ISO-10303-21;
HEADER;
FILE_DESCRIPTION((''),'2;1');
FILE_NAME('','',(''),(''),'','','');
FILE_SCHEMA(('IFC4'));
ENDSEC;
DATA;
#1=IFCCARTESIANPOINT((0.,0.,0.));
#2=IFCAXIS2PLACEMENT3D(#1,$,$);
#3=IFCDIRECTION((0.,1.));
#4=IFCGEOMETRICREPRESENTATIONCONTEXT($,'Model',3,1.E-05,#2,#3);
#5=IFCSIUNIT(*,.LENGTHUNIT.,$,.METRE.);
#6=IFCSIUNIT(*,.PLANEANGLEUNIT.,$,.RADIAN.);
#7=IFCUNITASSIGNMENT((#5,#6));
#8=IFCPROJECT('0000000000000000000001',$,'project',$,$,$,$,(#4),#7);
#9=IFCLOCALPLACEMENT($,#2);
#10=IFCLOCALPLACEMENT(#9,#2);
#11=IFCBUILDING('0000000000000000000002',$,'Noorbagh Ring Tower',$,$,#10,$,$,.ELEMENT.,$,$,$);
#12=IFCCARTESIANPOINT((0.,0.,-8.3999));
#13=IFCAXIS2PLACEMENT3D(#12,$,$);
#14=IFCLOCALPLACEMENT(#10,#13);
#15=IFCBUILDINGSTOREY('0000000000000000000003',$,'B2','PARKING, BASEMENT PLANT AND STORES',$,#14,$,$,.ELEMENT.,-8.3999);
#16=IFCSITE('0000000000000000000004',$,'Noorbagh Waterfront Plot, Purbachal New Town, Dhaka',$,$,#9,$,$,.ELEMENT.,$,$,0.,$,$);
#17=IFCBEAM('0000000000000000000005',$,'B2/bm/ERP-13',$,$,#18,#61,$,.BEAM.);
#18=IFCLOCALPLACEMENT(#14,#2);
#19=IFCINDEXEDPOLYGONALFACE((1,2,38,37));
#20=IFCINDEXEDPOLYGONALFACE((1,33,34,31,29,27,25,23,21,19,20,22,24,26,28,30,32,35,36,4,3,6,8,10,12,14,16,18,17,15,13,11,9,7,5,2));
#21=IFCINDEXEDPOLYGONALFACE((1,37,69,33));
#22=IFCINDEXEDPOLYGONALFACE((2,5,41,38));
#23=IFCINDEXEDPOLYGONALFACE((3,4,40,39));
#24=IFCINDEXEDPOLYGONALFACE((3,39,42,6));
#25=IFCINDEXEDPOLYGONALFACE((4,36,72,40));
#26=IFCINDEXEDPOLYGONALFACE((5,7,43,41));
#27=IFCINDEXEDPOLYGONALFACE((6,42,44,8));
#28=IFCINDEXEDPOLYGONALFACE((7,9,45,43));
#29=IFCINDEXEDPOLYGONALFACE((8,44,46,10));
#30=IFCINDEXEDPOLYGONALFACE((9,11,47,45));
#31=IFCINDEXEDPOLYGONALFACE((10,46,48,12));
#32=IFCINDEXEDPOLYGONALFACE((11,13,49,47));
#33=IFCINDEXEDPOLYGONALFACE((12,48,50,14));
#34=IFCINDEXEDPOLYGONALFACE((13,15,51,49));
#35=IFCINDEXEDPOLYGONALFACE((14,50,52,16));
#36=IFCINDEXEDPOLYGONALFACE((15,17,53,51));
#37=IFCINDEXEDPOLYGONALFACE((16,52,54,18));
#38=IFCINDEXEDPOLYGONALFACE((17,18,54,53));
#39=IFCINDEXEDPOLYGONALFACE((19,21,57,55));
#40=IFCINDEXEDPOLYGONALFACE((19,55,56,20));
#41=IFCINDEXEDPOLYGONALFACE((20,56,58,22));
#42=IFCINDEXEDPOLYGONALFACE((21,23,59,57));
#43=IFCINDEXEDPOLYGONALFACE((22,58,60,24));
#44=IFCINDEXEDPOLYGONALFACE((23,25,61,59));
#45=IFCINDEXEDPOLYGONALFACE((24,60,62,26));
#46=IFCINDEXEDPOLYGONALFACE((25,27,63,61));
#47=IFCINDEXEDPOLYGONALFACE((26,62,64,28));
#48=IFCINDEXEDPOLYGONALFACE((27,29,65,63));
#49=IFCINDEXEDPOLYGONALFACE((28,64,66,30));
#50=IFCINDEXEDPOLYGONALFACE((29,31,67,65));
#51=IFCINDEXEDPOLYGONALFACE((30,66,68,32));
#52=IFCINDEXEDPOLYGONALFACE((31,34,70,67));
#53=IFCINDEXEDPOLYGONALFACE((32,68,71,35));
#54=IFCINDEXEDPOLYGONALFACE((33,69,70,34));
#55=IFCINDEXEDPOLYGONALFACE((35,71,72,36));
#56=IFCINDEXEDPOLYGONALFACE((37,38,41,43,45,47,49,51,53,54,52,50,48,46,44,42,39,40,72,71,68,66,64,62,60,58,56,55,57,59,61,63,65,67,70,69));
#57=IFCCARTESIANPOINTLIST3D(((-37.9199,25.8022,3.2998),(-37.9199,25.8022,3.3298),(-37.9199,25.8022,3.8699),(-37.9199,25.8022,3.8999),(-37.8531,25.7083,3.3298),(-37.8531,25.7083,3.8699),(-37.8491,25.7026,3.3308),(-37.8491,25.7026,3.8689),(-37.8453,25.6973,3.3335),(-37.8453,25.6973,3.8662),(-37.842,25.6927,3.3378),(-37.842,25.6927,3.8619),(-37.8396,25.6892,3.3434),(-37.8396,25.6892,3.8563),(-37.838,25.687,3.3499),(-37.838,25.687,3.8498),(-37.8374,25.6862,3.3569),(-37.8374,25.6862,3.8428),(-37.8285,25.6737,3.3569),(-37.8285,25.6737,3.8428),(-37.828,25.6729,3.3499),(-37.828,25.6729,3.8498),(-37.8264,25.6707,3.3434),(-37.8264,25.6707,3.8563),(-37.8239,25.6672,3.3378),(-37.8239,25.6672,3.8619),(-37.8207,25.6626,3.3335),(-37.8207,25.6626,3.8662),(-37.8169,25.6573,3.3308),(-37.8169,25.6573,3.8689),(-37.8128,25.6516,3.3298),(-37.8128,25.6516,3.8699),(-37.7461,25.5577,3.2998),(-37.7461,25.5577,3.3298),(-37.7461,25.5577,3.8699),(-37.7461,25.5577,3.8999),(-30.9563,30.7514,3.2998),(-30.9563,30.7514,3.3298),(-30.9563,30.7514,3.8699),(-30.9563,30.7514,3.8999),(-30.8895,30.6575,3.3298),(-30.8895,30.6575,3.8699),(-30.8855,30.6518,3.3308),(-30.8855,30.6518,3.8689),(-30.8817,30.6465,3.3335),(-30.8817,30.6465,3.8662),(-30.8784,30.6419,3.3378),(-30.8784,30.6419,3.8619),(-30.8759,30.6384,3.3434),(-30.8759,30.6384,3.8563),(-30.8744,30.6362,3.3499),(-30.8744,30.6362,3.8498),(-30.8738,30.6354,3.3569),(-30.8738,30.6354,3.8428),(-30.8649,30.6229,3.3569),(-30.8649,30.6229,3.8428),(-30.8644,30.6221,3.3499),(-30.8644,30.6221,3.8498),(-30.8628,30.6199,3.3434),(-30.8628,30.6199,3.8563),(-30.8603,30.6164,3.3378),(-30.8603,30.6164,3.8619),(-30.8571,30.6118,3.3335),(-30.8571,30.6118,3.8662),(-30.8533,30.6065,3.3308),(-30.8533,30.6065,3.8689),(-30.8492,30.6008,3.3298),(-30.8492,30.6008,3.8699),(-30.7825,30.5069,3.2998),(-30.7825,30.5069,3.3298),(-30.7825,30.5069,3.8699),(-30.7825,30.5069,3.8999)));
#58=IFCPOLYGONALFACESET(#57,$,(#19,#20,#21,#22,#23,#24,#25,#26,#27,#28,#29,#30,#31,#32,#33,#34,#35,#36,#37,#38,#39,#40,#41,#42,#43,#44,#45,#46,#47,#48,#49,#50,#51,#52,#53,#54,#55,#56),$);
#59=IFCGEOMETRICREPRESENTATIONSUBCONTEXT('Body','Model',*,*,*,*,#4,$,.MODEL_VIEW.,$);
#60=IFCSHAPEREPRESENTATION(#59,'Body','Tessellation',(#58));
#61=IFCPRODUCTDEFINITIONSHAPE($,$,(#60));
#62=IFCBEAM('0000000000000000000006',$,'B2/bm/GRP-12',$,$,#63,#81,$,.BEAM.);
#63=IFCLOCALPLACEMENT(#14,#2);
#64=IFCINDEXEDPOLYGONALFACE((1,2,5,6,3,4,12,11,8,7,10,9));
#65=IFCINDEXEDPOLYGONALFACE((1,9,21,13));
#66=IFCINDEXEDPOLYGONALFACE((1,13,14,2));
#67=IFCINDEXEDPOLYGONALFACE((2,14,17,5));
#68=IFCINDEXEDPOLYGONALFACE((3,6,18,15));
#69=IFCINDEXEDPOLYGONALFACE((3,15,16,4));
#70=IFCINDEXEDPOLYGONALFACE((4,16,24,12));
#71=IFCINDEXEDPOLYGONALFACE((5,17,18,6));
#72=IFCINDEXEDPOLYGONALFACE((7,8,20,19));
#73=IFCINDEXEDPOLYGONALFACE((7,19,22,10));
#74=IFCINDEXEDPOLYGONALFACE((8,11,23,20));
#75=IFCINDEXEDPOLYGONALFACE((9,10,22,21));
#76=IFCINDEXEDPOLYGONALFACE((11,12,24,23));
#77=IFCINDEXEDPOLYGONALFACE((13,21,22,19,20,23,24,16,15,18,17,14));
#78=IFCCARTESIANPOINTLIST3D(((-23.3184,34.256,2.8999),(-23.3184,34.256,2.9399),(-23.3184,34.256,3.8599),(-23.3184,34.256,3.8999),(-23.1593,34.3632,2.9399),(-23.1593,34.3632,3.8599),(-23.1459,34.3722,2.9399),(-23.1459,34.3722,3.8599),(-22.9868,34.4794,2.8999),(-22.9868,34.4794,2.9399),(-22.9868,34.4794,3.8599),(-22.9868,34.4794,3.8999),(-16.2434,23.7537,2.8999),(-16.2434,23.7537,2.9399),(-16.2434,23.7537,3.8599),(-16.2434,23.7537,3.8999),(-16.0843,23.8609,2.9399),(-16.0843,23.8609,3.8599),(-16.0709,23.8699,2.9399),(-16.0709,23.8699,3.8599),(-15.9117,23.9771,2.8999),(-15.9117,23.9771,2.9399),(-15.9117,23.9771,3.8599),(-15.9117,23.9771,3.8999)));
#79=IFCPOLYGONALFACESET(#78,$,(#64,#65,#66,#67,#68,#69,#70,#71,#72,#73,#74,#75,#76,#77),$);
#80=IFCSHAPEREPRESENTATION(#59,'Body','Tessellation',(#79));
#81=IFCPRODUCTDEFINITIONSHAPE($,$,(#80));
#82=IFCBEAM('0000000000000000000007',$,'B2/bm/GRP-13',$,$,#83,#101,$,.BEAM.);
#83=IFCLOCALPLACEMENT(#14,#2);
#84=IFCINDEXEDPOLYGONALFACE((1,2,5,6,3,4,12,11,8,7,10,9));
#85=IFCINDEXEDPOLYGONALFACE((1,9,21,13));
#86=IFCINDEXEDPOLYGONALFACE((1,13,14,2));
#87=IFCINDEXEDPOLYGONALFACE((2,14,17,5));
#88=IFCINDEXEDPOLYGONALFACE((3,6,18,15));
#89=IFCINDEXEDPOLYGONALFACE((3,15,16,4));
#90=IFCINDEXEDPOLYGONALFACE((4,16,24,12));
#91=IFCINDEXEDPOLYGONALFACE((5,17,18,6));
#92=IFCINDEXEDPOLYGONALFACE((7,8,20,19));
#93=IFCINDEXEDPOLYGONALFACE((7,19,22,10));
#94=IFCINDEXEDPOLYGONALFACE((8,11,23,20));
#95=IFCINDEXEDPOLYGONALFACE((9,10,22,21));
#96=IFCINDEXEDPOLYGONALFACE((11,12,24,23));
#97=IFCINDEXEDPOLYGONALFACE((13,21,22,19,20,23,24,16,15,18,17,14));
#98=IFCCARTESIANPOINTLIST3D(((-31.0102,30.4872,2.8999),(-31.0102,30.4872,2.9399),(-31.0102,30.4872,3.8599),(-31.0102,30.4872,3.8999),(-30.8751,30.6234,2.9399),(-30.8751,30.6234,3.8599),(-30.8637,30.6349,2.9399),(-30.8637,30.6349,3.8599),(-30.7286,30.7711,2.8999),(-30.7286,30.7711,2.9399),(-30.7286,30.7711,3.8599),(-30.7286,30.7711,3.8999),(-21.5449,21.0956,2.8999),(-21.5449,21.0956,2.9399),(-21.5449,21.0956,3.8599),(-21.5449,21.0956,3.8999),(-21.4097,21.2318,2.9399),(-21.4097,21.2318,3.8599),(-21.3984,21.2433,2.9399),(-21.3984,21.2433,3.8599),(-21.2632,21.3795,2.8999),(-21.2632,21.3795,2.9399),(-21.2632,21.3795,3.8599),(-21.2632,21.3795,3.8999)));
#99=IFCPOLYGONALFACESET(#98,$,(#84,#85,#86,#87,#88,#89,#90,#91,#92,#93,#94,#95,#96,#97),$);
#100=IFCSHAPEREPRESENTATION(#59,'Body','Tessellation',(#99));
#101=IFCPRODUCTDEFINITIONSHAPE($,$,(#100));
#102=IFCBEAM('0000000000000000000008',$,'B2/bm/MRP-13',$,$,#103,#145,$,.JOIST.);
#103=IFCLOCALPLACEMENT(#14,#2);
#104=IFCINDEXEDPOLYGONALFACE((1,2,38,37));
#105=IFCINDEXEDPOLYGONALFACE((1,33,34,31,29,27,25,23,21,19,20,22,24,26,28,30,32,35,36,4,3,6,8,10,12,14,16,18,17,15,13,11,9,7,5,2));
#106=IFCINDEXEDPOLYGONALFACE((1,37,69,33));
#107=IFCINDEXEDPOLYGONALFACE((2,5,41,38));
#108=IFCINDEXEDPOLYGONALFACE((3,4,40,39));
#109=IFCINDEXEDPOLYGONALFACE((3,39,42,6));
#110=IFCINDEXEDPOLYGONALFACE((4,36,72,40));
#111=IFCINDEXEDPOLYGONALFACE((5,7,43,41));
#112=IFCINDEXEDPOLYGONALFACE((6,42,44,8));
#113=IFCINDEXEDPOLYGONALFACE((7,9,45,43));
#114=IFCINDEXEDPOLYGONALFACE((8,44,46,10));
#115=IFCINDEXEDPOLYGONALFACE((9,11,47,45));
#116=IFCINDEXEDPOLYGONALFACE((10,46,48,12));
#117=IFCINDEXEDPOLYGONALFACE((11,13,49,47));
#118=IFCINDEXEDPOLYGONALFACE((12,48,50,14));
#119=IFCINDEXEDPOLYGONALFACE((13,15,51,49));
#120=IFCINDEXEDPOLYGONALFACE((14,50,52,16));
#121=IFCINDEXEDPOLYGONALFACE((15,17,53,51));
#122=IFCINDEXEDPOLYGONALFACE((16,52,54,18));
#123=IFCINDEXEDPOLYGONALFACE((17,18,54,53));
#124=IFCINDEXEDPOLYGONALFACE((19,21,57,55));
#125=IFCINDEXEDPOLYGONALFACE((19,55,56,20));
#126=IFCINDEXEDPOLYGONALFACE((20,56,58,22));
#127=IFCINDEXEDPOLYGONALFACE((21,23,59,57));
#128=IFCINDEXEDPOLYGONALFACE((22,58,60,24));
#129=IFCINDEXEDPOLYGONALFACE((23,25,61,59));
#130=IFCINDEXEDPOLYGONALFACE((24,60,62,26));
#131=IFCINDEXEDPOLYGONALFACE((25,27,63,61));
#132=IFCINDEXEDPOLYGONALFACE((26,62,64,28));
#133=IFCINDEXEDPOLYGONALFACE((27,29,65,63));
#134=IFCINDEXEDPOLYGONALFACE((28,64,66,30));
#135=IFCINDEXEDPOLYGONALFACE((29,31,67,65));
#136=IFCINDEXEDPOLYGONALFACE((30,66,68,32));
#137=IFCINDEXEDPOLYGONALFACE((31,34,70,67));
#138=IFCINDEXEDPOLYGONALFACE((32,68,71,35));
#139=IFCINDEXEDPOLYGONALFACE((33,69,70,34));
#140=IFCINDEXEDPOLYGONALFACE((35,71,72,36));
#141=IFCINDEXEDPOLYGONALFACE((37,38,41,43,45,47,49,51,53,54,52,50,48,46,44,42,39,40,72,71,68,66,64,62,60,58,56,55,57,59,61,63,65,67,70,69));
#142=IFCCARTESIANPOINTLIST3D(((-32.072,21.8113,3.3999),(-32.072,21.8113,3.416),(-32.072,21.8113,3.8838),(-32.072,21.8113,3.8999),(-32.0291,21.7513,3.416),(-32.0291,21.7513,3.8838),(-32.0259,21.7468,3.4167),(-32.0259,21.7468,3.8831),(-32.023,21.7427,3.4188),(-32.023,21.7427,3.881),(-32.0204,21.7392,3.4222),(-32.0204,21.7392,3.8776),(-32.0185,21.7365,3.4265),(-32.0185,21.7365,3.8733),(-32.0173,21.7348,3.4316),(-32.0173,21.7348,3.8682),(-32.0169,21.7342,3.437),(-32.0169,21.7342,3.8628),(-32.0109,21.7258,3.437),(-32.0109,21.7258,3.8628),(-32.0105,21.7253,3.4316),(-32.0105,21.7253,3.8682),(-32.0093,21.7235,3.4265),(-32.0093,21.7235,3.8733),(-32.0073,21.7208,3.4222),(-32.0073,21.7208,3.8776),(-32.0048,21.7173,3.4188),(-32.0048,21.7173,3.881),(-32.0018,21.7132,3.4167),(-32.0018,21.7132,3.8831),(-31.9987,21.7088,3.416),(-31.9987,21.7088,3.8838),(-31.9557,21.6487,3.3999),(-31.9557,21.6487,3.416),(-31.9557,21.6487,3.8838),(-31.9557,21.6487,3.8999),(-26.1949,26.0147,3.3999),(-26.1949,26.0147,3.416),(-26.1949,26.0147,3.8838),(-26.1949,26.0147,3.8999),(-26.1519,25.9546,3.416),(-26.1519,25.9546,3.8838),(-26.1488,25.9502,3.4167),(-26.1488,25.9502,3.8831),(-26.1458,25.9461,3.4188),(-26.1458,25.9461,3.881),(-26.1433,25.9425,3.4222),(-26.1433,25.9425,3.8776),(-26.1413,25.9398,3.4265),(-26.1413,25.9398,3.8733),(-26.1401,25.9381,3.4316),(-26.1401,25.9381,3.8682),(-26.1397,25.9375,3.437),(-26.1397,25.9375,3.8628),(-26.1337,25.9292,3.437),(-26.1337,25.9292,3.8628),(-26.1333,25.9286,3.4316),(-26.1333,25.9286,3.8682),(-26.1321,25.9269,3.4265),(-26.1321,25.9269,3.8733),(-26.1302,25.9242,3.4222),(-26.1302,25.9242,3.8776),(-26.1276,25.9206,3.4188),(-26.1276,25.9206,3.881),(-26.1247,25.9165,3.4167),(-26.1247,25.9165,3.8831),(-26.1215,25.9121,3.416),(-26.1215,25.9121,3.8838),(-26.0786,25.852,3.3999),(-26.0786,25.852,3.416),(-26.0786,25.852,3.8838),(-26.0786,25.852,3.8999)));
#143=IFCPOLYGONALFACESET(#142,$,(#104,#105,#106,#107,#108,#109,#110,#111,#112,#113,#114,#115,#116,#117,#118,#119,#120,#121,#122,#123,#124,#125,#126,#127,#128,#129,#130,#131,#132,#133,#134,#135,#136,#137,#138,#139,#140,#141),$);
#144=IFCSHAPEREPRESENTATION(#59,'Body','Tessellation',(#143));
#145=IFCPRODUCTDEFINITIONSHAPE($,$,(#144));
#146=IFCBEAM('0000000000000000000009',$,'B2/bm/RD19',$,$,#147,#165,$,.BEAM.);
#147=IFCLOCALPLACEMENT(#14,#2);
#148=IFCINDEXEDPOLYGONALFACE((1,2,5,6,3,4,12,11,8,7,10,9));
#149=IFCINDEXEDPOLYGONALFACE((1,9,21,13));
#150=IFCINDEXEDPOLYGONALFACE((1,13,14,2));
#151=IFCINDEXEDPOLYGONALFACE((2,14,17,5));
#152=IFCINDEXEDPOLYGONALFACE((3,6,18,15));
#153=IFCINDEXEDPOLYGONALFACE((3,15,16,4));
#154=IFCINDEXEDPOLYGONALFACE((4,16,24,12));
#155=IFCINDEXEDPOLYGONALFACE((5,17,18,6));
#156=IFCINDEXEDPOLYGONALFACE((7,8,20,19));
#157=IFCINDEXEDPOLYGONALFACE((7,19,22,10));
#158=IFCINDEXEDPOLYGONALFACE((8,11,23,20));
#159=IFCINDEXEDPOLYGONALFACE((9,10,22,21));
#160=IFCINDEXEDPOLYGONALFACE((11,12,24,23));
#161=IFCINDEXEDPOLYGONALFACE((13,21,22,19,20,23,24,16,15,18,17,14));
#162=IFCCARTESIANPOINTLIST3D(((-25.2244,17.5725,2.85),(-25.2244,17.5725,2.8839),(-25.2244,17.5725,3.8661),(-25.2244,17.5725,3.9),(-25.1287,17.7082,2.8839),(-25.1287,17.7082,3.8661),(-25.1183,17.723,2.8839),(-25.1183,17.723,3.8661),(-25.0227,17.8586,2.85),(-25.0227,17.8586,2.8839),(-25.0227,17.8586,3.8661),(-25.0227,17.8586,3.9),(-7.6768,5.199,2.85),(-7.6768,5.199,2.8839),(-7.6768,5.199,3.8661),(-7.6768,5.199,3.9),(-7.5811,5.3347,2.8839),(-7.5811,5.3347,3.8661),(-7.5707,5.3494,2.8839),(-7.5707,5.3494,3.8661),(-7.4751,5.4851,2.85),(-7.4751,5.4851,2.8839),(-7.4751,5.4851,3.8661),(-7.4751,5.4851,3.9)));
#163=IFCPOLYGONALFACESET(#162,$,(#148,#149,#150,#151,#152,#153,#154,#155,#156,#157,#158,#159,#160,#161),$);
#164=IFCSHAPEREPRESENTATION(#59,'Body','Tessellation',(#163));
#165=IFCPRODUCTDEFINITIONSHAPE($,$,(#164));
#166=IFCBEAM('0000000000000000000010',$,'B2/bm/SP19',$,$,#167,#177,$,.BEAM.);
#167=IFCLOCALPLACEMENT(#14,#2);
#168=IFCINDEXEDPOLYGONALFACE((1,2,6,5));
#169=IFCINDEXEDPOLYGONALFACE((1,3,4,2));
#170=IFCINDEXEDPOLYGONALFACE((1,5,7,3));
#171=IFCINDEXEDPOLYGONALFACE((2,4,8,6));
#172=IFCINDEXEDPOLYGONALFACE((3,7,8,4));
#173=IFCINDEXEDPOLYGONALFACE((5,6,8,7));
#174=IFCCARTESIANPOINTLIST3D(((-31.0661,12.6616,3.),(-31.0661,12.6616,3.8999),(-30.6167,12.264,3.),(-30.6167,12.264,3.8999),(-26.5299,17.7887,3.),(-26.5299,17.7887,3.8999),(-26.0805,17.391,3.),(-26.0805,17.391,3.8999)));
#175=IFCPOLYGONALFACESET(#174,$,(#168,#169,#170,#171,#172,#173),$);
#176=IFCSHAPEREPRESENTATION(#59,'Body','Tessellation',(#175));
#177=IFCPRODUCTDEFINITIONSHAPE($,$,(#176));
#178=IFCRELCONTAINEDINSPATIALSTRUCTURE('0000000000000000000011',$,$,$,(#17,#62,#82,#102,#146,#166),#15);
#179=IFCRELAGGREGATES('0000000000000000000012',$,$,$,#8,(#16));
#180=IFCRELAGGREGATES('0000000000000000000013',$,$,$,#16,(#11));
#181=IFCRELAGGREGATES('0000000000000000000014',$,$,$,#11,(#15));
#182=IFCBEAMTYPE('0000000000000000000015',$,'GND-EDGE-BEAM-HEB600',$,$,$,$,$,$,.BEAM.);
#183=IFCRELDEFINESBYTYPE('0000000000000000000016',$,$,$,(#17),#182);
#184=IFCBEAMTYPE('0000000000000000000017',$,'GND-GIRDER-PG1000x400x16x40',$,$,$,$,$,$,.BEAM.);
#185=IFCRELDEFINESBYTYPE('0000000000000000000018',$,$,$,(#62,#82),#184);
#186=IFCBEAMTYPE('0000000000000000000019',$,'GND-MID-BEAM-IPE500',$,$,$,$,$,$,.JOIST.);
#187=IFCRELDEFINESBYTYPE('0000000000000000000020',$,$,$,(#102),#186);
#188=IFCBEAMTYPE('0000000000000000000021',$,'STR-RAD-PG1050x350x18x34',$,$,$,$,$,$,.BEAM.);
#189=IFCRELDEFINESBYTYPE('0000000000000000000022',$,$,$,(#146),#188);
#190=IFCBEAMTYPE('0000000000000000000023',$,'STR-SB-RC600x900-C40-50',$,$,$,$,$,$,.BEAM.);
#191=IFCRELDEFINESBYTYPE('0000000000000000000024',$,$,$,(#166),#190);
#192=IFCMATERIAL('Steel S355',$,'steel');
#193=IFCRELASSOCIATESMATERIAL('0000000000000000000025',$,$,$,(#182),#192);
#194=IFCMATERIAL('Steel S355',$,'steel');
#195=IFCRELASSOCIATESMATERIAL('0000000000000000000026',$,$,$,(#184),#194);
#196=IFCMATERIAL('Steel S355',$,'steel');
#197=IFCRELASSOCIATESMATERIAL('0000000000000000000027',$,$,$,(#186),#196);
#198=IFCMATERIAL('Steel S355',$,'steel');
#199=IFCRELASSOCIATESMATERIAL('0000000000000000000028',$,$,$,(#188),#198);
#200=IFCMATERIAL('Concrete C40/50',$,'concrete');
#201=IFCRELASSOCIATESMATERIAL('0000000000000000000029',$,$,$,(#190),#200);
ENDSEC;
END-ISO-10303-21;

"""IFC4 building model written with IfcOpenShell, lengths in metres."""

from ifc_helpers import new_model, si_unit, direction, frame, origin, origin_2d, place, context, subcontext, project, spatial, rectangle, i_section, extrude, material, material_profile, profile_set, type_object, element, save


model = new_model("IFC4")

# Units and contexts
model_context = context("Model", 3, precision=1e-05, world=origin(), true_north=direction((0.0, 1.0)))
body_context = subcontext(model_context, "Body", "Model", "MODEL_VIEW")
ifc_project = project(units=[si_unit("LENGTHUNIT", "METRE"), si_unit("PLANEANGLEUNIT", "RADIAN")], contexts=[model_context])

# Site, building, storey
site_placement = place(None, origin())
site = spatial("IfcSite", under=ifc_project, at=site_placement, Name="Noorbagh Waterfront Plot, Purbachal New Town, Dhaka", CompositionType="ELEMENT", RefElevation=0.0)
building_placement = place(site_placement, origin())
building = spatial("IfcBuilding", under=site, at=building_placement, Name="Noorbagh Ring Tower", CompositionType="ELEMENT")
storey_placement = place(building_placement, frame((0.0, 0.0, -8.3999)))
storey = spatial("IfcBuildingStorey", under=building, at=storey_placement, Name="B2", Description="PARKING, BASEMENT PLANT AND STORES", CompositionType="ELEMENT", Elevation=-8.3999)

# Beams
ifc_material_1 = material(Name="Steel S355", Category="steel")
ifc_material_profile_1 = material_profile(ifc_material_1, i_section(OverallWidth=0.3, OverallDepth=0.6001, WebThickness=0.0154, FlangeThickness=0.03, FilletRadius=0.0271, at=origin_2d()), Name="HEB600")
ifc_profile_set_1 = profile_set([ifc_material_profile_1], Name="Steel S355")
beam_type_1 = type_object("IfcBeamType", Name="GND-EDGE-BEAM-HEB600", PredefinedType="BEAM", material=ifc_profile_set_1)
beam_1_placement = place(storey_placement, frame((-30.8694, 30.6292, 3.5999), z_axis=(-0.815104, -0.579315, 0.0), x_axis=(0.579315, -0.815104, 0.0)))
element("IfcBeam", 1, at=beam_1_placement, inside=storey, type_object=beam_type_1, Name="B2/bm/ERP-13", PredefinedType="BEAM", context=body_context, shape_type="SweptSolid", body=[
    extrude(i_section(OverallWidth=0.3, OverallDepth=0.6001, WebThickness=0.0154, FlangeThickness=0.03, FilletRadius=0.0271, at=origin_2d()), origin(), (0.0, 0.0, 1.0), 8.5432),
])
ifc_material_2 = material(Name="Steel S355", Category="steel")
ifc_material_profile_2 = material_profile(ifc_material_2, i_section(OverallWidth=0.3999, OverallDepth=1.0, WebThickness=0.0161, FlangeThickness=0.04, at=origin_2d()), Name="PG1000x400x16x40")
ifc_profile_set_2 = profile_set([ifc_material_profile_2], Name="Steel S355")
beam_type_2 = type_object("IfcBeamType", Name="GND-GIRDER-PG1000x400x16x40", PredefinedType="BEAM", material=ifc_profile_set_2)
beam_2_placement = place(storey_placement, frame((-23.1526, 34.3677, 3.3999), z_axis=(0.558711, -0.829362, 0.0), x_axis=(0.829362, 0.558711, 0.0)))
element("IfcBeam", 2, at=beam_2_placement, inside=storey, type_object=beam_type_2, Name="B2/bm/GRP-12", PredefinedType="BEAM", context=body_context, shape_type="SweptSolid", body=[
    extrude(i_section(OverallWidth=0.3999, OverallDepth=1.0, WebThickness=0.0161, FlangeThickness=0.04, at=origin_2d()), origin(), (0.0, 0.0, 1.0), 12.6631),
])
beam_3_placement = place(storey_placement, frame((-30.8694, 30.6292, 3.3999), z_axis=(0.709866, -0.704337, 0.0), x_axis=(0.704337, 0.709866, 0.0)))
element("IfcBeam", 3, at=beam_3_placement, inside=storey, type_object=beam_type_2, Name="B2/bm/GRP-13", PredefinedType="BEAM", context=body_context, shape_type="SweptSolid", body=[
    extrude(i_section(OverallWidth=0.3999, OverallDepth=1.0, WebThickness=0.0161, FlangeThickness=0.04, at=origin_2d()), origin(), (0.0, 0.0, 1.0), 13.334),
])
ifc_material_3 = material(Name="Steel S355", Category="steel")
ifc_material_profile_3 = material_profile(ifc_material_3, i_section(OverallWidth=0.2, OverallDepth=0.5, WebThickness=0.0103, FlangeThickness=0.0161, FilletRadius=0.021, at=origin_2d()), Name="IPE500")
ifc_profile_set_3 = profile_set([ifc_material_profile_3], Name="Steel S355")
beam_type_3 = type_object("IfcBeamType", Name="GND-MID-BEAM-IPE500", PredefinedType="JOIST", material=ifc_profile_set_3)
beam_4_placement = place(storey_placement, frame((-26.1367, 25.9333, 3.6499), z_axis=(-0.813382, -0.58173, 0.0), x_axis=(0.58173, -0.813382, 0.0)))
element("IfcBeam", 4, at=beam_4_placement, inside=storey, type_object=beam_type_3, Name="B2/bm/MRP-13", PredefinedType="JOIST", context=body_context, shape_type="SweptSolid", body=[
    extrude(i_section(OverallWidth=0.2, OverallDepth=0.5, WebThickness=0.0103, FlangeThickness=0.0161, FilletRadius=0.021, at=origin_2d()), origin(), (0.0, 0.0, 1.0), 7.2256),
])
ifc_material_4 = material(Name="Steel S355", Category="steel")
ifc_material_profile_4 = material_profile(ifc_material_4, i_section(OverallWidth=0.3501, OverallDepth=1.05, WebThickness=0.0181, FlangeThickness=0.0339, at=origin_2d()), Name="PG1050x350x18x34")
ifc_profile_set_4 = profile_set([ifc_material_profile_4], Name="Steel S355")
beam_type_4 = type_object("IfcBeamType", Name="STR-RAD-PG1050x350x18x34", PredefinedType="BEAM", material=ifc_profile_set_4)
beam_5_placement = place(storey_placement, frame((-25.1235, 17.7156, 3.375), z_axis=(0.817253, -0.576279, 0.0), x_axis=(0.576279, 0.817253, 0.0)))
element("IfcBeam", 5, at=beam_5_placement, inside=storey, type_object=beam_type_4, Name="B2/bm/RD19", PredefinedType="BEAM", context=body_context, shape_type="SweptSolid", body=[
    extrude(i_section(OverallWidth=0.3501, OverallDepth=1.05, WebThickness=0.0181, FlangeThickness=0.0339, at=origin_2d()), origin(), (0.0, 0.0, 1.0), 21.4714),
])
ifc_material_5 = material(Name="Concrete C40/50", Category="concrete")
ifc_material_profile_5 = material_profile(ifc_material_5, rectangle(XDim=0.6001, YDim=0.8999, at=origin_2d()), Name="RC600x900")
ifc_profile_set_5 = profile_set([ifc_material_profile_5], Name="Concrete C40/50")
beam_type_5 = type_object("IfcBeamType", Name="STR-SB-RC600x900-C40-50", PredefinedType="BEAM", material=ifc_profile_set_5)
beam_6_placement = place(storey_placement, frame((-26.3052, 17.5898, 3.45), z_axis=(-0.662635, -0.748942, 0.0), x_axis=(0.748942, -0.662635, 0.0)))
element("IfcBeam", 6, at=beam_6_placement, inside=storey, type_object=beam_type_5, Name="B2/bm/SP19", PredefinedType="BEAM", context=body_context, shape_type="SweptSolid", body=[
    extrude(rectangle(XDim=0.6001, YDim=0.8999, at=origin_2d()), origin(), (0.0, 0.0, 1.0), 6.8457),
])

save(model, "model.ifc")
